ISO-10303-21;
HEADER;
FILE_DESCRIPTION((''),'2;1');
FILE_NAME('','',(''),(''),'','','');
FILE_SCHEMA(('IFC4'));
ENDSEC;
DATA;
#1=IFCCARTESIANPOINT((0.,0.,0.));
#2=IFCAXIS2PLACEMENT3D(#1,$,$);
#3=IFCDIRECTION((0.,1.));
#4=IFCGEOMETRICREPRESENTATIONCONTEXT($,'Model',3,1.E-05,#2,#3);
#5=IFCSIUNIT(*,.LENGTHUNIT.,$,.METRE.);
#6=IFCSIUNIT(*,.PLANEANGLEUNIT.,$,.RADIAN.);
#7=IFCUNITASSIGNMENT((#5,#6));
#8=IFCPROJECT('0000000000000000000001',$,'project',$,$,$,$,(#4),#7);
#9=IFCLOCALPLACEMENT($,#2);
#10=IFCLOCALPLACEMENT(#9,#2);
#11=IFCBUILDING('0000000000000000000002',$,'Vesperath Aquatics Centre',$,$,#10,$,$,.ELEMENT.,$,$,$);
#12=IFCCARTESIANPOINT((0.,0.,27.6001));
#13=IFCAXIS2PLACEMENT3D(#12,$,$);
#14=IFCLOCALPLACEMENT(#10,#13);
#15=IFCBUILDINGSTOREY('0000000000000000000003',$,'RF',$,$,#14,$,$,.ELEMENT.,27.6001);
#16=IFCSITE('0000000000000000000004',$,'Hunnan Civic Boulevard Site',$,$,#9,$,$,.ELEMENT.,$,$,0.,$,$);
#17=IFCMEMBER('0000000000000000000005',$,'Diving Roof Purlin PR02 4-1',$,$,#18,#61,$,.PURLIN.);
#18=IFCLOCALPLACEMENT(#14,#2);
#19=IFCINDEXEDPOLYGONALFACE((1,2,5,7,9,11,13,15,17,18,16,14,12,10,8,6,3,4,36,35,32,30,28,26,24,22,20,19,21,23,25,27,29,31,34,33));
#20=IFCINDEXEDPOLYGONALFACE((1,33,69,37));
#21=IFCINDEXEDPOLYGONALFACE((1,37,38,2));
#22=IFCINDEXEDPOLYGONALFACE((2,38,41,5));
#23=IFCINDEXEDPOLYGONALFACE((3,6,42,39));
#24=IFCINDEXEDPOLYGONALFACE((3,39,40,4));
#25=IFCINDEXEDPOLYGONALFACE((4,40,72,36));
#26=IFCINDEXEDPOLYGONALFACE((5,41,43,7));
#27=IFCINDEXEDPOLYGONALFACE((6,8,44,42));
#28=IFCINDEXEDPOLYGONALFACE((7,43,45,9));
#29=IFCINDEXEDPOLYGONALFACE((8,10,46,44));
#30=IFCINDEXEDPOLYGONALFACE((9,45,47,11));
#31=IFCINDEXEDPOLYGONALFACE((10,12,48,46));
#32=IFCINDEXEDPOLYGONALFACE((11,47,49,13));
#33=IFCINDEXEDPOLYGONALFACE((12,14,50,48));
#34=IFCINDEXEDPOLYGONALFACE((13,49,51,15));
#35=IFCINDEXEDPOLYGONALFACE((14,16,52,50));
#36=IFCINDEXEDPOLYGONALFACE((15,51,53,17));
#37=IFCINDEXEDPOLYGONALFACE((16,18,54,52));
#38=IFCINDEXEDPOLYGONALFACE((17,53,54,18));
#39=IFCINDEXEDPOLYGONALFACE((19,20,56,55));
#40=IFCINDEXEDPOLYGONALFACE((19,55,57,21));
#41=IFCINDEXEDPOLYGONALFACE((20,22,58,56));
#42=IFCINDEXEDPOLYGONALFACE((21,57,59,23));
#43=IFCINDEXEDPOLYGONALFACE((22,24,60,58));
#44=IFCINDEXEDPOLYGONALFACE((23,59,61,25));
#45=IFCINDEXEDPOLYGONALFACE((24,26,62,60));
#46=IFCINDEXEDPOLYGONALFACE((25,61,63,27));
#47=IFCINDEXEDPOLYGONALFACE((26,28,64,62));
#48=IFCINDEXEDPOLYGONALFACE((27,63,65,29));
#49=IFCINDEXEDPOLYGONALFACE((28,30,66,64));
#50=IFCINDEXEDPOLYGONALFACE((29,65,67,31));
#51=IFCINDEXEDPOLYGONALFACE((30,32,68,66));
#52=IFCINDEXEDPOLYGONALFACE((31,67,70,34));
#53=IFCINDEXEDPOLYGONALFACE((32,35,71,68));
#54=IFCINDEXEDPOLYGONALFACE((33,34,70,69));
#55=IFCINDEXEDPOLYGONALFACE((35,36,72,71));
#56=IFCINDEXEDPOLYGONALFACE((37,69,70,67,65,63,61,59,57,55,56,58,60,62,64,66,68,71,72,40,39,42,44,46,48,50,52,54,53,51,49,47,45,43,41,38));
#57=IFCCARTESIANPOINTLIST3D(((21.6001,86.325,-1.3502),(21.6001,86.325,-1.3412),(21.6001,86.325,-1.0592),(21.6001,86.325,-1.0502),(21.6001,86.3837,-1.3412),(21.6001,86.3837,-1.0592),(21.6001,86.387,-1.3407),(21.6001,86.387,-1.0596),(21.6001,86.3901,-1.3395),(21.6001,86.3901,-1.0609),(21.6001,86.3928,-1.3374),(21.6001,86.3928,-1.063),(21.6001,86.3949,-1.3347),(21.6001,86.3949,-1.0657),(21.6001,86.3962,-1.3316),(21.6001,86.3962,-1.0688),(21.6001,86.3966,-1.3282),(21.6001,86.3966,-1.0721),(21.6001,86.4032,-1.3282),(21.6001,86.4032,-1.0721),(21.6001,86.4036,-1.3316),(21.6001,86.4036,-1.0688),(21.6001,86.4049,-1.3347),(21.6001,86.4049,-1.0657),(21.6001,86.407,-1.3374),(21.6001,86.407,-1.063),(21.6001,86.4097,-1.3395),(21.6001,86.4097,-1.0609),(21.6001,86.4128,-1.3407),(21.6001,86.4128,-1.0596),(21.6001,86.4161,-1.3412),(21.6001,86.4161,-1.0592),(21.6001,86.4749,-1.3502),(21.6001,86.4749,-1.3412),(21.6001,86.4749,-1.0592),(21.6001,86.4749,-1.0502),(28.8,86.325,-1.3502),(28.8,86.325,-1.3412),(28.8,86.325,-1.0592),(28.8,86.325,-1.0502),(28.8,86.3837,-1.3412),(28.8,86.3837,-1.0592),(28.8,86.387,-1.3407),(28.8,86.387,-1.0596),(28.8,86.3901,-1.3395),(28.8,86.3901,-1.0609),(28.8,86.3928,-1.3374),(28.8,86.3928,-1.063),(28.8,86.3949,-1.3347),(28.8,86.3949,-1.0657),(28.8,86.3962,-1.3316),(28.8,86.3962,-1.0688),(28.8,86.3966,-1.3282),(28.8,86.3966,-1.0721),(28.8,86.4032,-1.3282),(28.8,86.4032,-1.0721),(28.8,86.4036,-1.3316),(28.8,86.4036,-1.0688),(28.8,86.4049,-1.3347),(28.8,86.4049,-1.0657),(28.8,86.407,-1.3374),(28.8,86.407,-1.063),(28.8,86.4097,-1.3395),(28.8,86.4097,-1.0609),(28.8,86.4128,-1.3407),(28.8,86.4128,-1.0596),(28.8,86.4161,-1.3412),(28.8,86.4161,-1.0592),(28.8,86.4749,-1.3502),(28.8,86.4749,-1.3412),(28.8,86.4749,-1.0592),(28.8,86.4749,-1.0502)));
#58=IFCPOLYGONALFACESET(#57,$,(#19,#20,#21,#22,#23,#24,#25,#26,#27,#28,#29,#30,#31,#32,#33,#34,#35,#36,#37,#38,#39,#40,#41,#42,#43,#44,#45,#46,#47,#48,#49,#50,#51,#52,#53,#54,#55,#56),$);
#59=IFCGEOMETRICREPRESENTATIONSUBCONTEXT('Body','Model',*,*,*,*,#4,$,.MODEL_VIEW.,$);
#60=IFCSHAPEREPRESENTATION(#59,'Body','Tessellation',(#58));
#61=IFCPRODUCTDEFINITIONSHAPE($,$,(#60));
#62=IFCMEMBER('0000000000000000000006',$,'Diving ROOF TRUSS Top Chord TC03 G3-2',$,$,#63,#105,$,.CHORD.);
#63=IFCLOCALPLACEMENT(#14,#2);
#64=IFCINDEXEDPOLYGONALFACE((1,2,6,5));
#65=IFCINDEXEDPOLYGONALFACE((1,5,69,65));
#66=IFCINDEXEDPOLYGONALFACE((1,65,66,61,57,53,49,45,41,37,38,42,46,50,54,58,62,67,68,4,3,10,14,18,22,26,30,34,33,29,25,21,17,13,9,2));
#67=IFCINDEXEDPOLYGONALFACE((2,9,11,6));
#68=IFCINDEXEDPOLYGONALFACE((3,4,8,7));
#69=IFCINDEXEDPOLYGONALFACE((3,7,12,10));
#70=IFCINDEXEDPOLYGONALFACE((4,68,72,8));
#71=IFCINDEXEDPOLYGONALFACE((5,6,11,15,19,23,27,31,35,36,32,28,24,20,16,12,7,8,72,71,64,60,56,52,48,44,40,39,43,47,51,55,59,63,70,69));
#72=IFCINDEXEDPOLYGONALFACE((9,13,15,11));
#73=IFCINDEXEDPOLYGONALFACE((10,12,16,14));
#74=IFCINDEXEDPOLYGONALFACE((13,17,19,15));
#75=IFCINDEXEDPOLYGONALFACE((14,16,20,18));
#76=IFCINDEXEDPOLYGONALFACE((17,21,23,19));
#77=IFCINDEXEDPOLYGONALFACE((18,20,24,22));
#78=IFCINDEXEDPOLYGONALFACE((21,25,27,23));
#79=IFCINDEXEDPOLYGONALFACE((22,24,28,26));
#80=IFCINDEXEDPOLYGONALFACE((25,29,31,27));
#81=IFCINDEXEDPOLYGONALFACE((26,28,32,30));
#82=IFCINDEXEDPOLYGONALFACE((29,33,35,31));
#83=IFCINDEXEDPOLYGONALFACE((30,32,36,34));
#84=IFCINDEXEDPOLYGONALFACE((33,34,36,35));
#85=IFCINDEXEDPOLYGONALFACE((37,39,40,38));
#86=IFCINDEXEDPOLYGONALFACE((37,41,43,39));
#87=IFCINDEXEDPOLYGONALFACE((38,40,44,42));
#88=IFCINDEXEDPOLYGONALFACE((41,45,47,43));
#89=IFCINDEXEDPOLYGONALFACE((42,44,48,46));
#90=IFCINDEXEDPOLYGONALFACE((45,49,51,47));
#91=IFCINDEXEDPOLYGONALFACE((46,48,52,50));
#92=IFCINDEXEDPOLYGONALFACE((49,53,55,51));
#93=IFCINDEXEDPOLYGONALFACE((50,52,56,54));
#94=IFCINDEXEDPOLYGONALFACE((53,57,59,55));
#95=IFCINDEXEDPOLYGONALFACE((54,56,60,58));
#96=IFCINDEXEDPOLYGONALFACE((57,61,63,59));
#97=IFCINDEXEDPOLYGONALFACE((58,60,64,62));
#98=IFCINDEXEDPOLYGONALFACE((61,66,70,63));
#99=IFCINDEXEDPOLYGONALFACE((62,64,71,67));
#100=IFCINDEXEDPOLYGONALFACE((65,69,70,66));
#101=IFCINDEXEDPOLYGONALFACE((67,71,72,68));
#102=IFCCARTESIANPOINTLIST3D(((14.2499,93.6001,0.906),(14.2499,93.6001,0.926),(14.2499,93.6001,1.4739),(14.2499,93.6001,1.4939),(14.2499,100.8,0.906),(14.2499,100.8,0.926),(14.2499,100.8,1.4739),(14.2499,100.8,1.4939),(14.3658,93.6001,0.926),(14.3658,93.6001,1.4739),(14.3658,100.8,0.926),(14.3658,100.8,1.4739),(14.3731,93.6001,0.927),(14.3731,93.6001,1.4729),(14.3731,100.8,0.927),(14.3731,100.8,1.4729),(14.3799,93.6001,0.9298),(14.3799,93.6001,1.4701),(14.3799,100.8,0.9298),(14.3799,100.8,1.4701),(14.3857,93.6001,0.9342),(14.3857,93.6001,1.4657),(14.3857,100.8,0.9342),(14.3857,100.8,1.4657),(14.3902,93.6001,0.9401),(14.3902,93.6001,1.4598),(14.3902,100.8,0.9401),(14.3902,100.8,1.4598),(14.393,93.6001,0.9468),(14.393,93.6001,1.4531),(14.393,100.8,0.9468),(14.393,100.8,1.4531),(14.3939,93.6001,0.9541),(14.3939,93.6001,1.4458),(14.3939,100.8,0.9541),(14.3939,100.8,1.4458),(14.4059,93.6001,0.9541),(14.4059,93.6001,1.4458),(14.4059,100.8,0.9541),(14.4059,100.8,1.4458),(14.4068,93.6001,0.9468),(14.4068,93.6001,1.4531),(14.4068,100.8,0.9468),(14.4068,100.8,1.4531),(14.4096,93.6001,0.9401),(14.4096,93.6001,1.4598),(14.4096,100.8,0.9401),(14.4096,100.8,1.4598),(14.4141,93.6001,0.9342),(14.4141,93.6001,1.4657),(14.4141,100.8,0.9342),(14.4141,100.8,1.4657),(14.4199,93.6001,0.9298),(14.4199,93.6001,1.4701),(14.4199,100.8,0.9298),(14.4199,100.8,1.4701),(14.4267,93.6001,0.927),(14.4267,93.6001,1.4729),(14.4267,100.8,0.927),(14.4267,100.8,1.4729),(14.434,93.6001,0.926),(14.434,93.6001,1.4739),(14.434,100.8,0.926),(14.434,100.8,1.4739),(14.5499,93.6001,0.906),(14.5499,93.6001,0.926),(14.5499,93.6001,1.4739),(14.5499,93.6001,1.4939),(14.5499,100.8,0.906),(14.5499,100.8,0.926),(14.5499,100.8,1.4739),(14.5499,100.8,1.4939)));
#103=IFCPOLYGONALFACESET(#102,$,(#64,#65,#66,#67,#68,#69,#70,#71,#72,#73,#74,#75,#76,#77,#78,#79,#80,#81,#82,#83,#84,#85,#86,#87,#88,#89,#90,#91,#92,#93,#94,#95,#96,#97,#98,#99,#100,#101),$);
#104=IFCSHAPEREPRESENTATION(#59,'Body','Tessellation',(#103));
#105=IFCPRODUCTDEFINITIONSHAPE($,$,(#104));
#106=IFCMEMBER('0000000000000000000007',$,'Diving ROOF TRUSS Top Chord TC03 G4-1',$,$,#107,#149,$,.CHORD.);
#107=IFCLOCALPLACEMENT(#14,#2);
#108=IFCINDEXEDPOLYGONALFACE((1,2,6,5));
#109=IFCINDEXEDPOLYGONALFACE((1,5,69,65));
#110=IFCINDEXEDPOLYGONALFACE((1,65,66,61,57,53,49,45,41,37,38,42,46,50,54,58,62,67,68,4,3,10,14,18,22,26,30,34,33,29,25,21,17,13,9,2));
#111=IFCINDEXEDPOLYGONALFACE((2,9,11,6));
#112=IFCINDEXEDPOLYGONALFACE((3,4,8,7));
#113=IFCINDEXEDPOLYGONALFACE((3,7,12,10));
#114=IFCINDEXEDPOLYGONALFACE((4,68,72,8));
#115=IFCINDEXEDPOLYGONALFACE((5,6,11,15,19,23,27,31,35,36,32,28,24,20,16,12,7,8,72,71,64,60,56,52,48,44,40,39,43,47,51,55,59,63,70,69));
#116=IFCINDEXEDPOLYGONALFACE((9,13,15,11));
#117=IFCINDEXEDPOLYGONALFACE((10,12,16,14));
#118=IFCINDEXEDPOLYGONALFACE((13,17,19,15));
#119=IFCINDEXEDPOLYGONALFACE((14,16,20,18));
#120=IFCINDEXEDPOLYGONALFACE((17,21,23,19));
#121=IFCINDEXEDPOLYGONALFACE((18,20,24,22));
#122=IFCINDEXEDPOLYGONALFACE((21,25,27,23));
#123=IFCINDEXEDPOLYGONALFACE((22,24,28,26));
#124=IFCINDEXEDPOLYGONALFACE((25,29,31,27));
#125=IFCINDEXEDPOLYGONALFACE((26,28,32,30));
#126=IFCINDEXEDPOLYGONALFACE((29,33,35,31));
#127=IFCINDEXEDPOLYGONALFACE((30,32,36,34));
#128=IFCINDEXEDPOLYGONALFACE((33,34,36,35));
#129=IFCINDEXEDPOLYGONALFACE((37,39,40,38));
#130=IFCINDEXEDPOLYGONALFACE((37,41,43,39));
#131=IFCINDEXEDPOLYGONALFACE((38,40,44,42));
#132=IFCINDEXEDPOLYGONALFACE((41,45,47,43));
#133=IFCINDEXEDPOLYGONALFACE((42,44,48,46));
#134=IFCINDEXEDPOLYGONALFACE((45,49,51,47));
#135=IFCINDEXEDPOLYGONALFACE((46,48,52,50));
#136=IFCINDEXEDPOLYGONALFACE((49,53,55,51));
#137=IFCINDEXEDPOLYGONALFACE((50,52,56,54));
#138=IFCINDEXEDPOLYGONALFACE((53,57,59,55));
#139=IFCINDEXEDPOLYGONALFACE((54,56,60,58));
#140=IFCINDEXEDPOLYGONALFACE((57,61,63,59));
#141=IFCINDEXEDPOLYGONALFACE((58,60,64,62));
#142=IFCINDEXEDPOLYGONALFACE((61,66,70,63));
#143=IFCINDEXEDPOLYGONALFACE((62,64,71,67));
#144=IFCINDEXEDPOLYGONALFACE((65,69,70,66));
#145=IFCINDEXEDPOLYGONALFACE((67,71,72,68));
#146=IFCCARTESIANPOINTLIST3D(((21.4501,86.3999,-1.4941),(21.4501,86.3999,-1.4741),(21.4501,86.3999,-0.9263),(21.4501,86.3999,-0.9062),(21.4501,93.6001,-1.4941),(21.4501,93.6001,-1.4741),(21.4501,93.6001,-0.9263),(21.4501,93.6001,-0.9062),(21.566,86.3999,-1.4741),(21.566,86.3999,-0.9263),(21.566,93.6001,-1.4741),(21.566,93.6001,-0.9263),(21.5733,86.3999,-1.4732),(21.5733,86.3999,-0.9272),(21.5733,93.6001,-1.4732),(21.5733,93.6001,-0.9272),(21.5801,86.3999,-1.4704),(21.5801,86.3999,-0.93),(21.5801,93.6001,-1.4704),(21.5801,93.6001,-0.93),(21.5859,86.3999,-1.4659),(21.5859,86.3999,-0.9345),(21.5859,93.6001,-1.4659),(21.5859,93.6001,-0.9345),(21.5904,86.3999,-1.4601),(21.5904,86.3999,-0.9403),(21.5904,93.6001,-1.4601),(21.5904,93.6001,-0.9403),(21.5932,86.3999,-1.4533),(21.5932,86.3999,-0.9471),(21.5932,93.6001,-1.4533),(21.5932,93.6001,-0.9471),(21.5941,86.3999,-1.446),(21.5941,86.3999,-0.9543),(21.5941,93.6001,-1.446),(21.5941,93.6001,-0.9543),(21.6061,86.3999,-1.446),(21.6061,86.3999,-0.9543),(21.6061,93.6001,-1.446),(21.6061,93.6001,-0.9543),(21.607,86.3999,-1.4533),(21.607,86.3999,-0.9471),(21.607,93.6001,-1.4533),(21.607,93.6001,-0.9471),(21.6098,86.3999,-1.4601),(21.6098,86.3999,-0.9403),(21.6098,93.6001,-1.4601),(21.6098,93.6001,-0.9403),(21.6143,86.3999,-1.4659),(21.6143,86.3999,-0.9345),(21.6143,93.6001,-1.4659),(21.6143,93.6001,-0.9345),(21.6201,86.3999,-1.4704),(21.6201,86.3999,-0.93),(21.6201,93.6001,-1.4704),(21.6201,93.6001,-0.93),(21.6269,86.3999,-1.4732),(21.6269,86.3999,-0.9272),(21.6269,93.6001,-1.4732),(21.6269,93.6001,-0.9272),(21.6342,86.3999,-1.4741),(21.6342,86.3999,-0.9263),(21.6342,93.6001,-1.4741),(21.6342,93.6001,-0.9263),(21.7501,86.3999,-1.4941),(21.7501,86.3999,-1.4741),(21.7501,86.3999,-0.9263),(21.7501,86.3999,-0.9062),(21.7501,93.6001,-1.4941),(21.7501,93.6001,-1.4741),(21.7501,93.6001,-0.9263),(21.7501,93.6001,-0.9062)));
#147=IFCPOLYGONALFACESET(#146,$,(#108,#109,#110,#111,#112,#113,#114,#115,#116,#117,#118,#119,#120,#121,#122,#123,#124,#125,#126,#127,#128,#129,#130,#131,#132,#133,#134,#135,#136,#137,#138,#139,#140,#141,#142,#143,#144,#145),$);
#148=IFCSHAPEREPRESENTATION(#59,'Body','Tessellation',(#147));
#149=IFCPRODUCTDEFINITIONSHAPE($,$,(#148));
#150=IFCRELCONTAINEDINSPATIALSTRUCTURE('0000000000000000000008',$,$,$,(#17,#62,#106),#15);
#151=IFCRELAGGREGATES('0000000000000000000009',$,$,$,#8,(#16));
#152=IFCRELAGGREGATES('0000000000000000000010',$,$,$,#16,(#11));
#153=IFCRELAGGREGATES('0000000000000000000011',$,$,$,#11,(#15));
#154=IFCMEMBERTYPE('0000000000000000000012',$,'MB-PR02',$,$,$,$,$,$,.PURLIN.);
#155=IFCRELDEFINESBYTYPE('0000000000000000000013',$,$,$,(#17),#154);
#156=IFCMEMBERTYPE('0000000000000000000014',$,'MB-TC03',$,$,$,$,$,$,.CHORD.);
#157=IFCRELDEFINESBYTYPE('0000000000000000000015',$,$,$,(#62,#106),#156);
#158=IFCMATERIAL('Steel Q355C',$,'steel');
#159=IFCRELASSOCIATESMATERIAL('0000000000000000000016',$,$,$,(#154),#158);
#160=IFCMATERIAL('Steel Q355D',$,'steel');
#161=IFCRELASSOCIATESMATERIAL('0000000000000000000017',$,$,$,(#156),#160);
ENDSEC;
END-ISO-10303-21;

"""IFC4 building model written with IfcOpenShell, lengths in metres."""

from ifc_helpers import new_model, si_unit, direction, frame, origin, origin_2d, place, context, subcontext, project, spatial, i_section, extrude, material, material_profile, profile_set, type_object, element, save


model = new_model("IFC4")

# Units and contexts
model_context = context("Model", 3, precision=1e-05, world=origin(), true_north=direction((0.0, 1.0)))
body_context = subcontext(model_context, "Body", "Model", "MODEL_VIEW")
ifc_project = project(units=[si_unit("LENGTHUNIT", "METRE"), si_unit("PLANEANGLEUNIT", "RADIAN")], contexts=[model_context])

# Site, building, storey
site_placement = place(None, origin())
site = spatial("IfcSite", under=ifc_project, at=site_placement, Name="Hunnan Civic Boulevard Site", CompositionType="ELEMENT", RefElevation=0.0)
building_placement = place(site_placement, origin())
building = spatial("IfcBuilding", under=site, at=building_placement, Name="Vesperath Aquatics Centre", CompositionType="ELEMENT")
storey_placement = place(building_placement, frame((0.0, 0.0, 27.6001)))
storey = spatial("IfcBuildingStorey", under=building, at=storey_placement, Name="RF", CompositionType="ELEMENT", Elevation=27.6001)

# Shared definitions
ifc_material_1 = material(Name="Steel Q355C", Category="steel")

# Members
ifc_material_2 = material(Name="Steel Q355D", Category="steel")
ifc_material_profile_1 = material_profile(ifc_material_1, i_section(OverallWidth=0.1499, OverallDepth=0.3, WebThickness=0.0066, FlangeThickness=0.009, FilletRadius=0.0129, at=origin_2d()), Name="HN 300x150x6.5x9")
ifc_profile_set_1 = profile_set([ifc_material_profile_1], Name="Steel Q355C")
member_type_1 = type_object("IfcMemberType", Name="MB-PR02", PredefinedType="PURLIN", material=ifc_profile_set_1)
member_1_placement = place(storey_placement, frame((21.6001, 86.3999, -1.2002), z_axis=(1.0, 0.0, 0.0), x_axis=(0.0, 1.0, 0.0)))
element("IfcMember", 1, at=member_1_placement, inside=storey, type_object=member_type_1, Name="Diving Roof Purlin PR02 4-1", PredefinedType="PURLIN", context=body_context, shape_type="SweptSolid", body=[
    extrude(i_section(OverallWidth=0.1499, OverallDepth=0.3, WebThickness=0.0066, FlangeThickness=0.009, FilletRadius=0.0129, at=origin_2d()), origin(), (0.0, 0.0, 1.0), 7.2),
])
ifc_material_profile_2 = material_profile(ifc_material_2, i_section(OverallWidth=0.3, OverallDepth=0.5879, WebThickness=0.012, FlangeThickness=0.02, FilletRadius=0.0281, at=origin_2d()), Name="HM 588x300x12x20")
ifc_profile_set_2 = profile_set([ifc_material_profile_2], Name="Steel Q355D")
member_type_2 = type_object("IfcMemberType", Name="MB-TC03", PredefinedType="CHORD", material=ifc_profile_set_2)
member_2_placement = place(storey_placement, frame((14.3999, 93.6001, 1.2), z_axis=(0.0, 1.0, 0.0), x_axis=(-1.0, 0.0, 0.0)))
element("IfcMember", 2, at=member_2_placement, inside=storey, type_object=member_type_2, Name="Diving ROOF TRUSS Top Chord TC03 G3-2", PredefinedType="CHORD", context=body_context, shape_type="SweptSolid", body=[
    extrude(i_section(OverallWidth=0.3, OverallDepth=0.5879, WebThickness=0.012, FlangeThickness=0.02, FilletRadius=0.0281, at=origin_2d()), origin(), (0.0, 0.0, 1.0), 7.2),
])
member_3_placement = place(storey_placement, frame((21.6001, 86.3999, -1.2002), z_axis=(0.0, 1.0, 0.0), x_axis=(-1.0, 0.0, 0.0)))
element("IfcMember", 3, at=member_3_placement, inside=storey, type_object=member_type_2, Name="Diving ROOF TRUSS Top Chord TC03 G4-1", PredefinedType="CHORD", context=body_context, shape_type="SweptSolid", body=[
    extrude(i_section(OverallWidth=0.3, OverallDepth=0.5879, WebThickness=0.012, FlangeThickness=0.02, FilletRadius=0.0281, at=origin_2d()), origin(), (0.0, 0.0, 1.0), 7.2002),
])

save(model, "model.ifc")
